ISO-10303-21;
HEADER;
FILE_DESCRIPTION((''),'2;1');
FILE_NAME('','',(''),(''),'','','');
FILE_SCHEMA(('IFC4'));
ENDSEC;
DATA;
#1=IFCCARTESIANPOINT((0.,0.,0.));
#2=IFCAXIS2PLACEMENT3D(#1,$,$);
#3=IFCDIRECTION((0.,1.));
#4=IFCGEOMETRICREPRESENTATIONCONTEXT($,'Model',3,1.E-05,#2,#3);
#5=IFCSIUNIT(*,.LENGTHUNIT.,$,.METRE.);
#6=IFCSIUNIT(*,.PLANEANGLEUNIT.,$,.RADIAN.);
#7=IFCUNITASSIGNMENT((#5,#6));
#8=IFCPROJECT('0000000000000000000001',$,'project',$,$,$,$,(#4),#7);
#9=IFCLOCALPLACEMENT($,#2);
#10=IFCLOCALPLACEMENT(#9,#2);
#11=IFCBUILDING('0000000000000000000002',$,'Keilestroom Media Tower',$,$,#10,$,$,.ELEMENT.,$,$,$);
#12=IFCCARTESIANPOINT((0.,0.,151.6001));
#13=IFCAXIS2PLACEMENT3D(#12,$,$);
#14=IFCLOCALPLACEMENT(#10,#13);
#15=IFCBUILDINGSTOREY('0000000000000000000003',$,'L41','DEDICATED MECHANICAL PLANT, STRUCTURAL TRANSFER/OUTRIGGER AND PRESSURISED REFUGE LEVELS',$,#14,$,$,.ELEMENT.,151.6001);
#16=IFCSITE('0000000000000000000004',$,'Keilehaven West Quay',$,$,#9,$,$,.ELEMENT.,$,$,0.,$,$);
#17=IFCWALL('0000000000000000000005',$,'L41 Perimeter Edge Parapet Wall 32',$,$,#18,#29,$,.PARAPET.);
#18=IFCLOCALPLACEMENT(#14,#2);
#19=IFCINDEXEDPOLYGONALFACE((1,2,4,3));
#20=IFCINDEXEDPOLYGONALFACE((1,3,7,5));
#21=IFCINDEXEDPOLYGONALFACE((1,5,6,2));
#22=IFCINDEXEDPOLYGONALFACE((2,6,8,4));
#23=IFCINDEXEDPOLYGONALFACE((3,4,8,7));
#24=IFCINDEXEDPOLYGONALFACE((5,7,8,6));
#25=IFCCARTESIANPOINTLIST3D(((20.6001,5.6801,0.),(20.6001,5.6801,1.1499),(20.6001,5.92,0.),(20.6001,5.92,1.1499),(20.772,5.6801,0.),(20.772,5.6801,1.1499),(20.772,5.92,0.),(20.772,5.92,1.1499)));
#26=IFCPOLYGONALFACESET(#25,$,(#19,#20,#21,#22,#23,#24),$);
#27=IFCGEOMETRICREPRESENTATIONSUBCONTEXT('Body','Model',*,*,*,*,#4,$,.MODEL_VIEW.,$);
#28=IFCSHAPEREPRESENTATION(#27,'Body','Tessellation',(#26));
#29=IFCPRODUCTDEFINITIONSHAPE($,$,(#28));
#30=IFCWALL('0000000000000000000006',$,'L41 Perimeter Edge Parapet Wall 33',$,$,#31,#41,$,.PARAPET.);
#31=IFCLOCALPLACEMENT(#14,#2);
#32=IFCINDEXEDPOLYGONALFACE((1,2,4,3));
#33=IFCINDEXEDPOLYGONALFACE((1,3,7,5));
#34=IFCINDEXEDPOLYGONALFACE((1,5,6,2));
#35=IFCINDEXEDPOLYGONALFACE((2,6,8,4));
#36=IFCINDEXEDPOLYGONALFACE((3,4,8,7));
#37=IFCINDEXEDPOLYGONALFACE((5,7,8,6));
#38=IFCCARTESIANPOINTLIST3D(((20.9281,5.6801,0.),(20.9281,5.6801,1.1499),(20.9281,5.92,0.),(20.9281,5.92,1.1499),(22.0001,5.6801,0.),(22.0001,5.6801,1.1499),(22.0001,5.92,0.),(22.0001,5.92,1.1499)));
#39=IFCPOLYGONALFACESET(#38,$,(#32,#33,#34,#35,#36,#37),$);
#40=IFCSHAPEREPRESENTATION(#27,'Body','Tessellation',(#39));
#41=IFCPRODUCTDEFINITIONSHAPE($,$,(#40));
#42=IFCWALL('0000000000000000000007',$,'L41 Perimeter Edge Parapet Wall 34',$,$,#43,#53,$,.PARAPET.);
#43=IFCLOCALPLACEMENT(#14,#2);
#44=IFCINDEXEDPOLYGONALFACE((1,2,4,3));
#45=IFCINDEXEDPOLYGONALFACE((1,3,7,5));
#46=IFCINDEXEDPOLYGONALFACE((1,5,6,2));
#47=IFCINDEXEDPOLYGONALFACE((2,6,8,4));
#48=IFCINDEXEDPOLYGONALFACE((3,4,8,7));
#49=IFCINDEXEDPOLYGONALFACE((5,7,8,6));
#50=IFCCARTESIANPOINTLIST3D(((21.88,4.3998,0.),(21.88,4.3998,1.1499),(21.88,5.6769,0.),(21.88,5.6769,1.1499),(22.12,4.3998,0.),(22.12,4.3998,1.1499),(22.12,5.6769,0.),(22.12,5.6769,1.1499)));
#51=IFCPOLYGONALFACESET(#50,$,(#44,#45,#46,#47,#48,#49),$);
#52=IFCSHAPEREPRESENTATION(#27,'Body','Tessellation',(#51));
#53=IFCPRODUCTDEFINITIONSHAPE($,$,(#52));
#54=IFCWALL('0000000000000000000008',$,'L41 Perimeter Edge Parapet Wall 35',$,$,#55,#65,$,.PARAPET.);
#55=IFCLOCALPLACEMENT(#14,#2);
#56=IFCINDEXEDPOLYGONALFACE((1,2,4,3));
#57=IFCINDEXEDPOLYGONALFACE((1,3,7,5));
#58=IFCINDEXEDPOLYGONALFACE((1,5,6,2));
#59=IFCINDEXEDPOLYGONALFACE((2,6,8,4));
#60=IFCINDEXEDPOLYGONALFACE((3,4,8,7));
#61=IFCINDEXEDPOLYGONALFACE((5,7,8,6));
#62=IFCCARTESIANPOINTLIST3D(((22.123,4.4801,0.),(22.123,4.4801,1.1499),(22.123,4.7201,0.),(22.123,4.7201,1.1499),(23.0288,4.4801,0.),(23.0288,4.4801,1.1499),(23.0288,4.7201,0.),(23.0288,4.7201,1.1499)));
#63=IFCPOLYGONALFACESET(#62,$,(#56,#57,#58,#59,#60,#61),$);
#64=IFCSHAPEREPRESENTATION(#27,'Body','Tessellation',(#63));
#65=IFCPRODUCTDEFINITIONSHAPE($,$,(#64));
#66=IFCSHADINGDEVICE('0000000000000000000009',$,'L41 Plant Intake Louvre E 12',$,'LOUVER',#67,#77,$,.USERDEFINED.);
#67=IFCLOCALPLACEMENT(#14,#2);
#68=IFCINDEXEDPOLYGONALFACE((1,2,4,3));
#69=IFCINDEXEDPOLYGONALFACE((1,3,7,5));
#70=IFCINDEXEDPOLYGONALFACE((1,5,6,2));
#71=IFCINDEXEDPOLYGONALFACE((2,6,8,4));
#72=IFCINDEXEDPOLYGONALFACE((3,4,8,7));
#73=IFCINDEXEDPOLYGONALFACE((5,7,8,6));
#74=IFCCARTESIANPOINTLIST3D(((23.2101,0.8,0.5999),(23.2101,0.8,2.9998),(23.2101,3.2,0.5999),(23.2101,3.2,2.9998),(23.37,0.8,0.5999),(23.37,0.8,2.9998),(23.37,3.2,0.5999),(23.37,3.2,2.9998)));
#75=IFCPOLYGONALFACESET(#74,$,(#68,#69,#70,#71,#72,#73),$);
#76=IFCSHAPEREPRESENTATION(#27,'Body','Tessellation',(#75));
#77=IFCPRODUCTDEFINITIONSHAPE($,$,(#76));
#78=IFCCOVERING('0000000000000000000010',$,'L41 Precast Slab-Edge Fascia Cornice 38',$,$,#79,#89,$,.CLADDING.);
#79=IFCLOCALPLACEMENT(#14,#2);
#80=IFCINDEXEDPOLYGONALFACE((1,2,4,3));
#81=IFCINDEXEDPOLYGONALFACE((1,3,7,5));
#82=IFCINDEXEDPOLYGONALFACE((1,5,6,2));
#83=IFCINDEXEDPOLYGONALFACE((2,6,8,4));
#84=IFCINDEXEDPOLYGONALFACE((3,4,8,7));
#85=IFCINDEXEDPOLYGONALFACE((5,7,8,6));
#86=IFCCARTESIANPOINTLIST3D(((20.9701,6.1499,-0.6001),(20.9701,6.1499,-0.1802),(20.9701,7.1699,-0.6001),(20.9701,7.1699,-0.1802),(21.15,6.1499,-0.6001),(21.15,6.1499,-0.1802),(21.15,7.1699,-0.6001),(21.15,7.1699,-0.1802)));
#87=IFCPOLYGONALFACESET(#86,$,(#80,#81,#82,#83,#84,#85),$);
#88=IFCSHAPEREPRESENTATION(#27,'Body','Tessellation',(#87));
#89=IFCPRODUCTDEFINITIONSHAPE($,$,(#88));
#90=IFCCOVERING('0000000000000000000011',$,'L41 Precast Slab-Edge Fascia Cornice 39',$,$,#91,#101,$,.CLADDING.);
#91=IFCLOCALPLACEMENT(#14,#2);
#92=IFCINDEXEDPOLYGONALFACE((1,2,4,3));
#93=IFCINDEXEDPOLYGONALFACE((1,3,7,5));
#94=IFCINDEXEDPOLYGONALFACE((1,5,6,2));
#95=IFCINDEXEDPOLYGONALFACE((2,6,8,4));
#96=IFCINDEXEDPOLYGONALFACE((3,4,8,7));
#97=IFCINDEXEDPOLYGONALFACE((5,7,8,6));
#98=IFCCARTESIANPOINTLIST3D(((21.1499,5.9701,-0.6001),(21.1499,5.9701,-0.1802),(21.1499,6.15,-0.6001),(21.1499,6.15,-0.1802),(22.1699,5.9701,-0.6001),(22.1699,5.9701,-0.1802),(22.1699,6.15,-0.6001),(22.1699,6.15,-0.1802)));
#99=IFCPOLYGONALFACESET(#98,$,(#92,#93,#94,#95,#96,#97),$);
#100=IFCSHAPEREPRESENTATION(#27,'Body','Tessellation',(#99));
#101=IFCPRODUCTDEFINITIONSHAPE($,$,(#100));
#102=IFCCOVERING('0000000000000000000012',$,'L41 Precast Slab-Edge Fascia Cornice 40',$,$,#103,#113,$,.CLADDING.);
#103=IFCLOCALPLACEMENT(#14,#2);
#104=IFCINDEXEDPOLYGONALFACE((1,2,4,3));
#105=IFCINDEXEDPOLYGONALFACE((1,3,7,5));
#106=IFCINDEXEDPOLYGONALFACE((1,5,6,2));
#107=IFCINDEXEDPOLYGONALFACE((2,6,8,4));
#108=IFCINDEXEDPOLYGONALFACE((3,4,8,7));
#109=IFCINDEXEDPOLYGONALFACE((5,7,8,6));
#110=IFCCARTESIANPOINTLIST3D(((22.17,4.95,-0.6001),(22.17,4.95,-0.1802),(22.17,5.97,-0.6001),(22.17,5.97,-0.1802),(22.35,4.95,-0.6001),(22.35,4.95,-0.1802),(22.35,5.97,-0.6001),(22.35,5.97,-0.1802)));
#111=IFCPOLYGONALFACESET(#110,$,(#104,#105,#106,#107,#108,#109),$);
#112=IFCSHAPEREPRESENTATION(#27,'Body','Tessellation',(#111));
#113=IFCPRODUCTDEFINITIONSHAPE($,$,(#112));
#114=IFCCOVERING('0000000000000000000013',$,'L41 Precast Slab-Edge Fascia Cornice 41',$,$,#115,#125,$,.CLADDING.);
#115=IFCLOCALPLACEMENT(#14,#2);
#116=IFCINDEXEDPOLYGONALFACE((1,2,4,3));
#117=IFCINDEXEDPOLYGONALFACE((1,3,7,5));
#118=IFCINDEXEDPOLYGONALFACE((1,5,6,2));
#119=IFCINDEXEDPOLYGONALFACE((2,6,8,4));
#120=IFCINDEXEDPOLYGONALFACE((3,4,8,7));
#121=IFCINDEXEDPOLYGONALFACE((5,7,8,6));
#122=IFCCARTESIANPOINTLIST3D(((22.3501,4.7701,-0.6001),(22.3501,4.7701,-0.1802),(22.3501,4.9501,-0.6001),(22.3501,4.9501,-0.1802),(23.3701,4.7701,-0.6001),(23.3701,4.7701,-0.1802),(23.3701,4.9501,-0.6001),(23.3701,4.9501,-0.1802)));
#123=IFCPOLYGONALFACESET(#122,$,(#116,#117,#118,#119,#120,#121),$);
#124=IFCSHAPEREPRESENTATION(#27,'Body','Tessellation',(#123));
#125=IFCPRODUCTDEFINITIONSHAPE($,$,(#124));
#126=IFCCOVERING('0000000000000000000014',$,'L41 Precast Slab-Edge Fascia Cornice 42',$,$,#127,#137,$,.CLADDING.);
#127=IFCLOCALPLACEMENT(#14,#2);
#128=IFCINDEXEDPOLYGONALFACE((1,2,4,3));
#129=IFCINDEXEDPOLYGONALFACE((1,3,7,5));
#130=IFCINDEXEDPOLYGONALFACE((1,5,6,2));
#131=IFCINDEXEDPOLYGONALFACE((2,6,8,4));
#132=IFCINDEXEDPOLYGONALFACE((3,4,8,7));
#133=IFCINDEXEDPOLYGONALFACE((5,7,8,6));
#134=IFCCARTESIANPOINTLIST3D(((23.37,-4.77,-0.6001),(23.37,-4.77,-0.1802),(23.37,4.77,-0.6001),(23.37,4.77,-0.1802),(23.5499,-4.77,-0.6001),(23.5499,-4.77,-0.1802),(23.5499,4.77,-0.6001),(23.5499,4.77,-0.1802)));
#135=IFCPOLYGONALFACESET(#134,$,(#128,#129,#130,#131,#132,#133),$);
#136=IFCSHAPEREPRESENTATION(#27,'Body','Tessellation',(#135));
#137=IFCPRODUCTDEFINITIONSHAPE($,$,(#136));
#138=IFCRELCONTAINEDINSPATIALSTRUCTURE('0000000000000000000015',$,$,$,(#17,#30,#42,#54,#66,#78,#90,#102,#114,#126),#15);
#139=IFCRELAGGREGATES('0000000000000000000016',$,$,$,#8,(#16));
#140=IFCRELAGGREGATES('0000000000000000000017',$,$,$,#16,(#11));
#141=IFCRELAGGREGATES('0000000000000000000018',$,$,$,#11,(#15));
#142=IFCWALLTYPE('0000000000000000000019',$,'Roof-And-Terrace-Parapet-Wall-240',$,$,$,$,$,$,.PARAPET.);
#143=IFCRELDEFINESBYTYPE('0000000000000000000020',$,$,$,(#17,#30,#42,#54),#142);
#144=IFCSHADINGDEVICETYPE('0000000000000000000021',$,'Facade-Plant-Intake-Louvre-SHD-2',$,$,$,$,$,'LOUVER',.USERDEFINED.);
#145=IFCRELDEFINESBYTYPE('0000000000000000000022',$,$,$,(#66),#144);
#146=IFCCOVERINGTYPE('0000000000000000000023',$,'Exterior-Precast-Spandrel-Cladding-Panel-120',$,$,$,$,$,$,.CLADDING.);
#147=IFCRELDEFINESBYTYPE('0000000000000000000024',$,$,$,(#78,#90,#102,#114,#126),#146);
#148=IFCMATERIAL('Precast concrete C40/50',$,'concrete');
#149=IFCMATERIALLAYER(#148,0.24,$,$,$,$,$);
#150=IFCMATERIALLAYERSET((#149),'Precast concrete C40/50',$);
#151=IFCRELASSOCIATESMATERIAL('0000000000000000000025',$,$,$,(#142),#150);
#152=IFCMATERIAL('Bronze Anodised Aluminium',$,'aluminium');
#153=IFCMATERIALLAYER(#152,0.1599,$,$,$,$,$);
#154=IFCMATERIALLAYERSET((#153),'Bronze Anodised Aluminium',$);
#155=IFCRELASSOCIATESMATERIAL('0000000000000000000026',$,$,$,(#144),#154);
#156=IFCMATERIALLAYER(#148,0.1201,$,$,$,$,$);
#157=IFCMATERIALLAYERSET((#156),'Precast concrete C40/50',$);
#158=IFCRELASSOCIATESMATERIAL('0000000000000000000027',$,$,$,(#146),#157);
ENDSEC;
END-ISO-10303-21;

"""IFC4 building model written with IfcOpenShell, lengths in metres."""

from ifc_helpers import new_model, si_unit, direction, frame, frame_2d, origin, origin_2d, place, context, subcontext, project, spatial, rectangle, extrude, source, transform, mapped, material, layer, layer_set, type_object, element, save


model = new_model("IFC4")

# Units and contexts
model_context = context("Model", 3, precision=1e-05, world=origin(), true_north=direction((0.0, 1.0)))
body_context = subcontext(model_context, "Body", "Model", "MODEL_VIEW")
ifc_project = project(units=[si_unit("LENGTHUNIT", "METRE"), si_unit("PLANEANGLEUNIT", "RADIAN")], contexts=[model_context])

# Site, building, storey
site_placement = place(None, origin())
site = spatial("IfcSite", under=ifc_project, at=site_placement, Name="Keilehaven West Quay", CompositionType="ELEMENT", RefElevation=0.0)
building_placement = place(site_placement, origin())
building = spatial("IfcBuilding", under=site, at=building_placement, Name="Keilestroom Media Tower", CompositionType="ELEMENT")
storey_placement = place(building_placement, frame((0.0, 0.0, 151.6001)))
storey = spatial("IfcBuildingStorey", under=building, at=storey_placement, Name="L41", Description="DEDICATED MECHANICAL PLANT, STRUCTURAL TRANSFER/OUTRIGGER AND PRESSURISED REFUGE LEVELS", CompositionType="ELEMENT", Elevation=151.6001)

# Shared definitions
ifc_material_1 = material(Name="Precast concrete C40/50", Category="concrete")

# Walls
ifc_layer_1 = layer(ifc_material_1, 0.24)
ifc_layer_set_1 = layer_set([ifc_layer_1], Name="Precast concrete C40/50")
wall_type = type_object("IfcWallType", Name="Roof-And-Terrace-Parapet-Wall-240", PredefinedType="PARAPET", material=ifc_layer_set_1)
wall_1_placement = place(storey_placement, frame((20.6001, 5.8, 0.0), z_axis=(0.0, 0.0, 1.0), x_axis=(1.0, 0.0, 0.0)))
element("IfcWall", 1, at=wall_1_placement, inside=storey, type_object=wall_type, Name="L41 Perimeter Edge Parapet Wall 32", PredefinedType="PARAPET", context=body_context, shape_type="SweptSolid", body=[
    extrude(rectangle(XDim=0.1719, YDim=0.24, at=frame_2d((0.0859, 0.0))), origin(), (0.0, 0.0, 1.0), 1.1499),
])
wall_2_placement = place(storey_placement, frame((20.928, 5.8, 0.0), z_axis=(0.0, 0.0, 1.0), x_axis=(1.0, 0.0, 0.0)))
element("IfcWall", 2, at=wall_2_placement, inside=storey, type_object=wall_type, Name="L41 Perimeter Edge Parapet Wall 33", PredefinedType="PARAPET", context=body_context, shape_type="SweptSolid", body=[
    extrude(rectangle(XDim=1.072, YDim=0.24, at=frame_2d((0.5361, 0.0))), origin(), (0.0, 0.0, 1.0), 1.1499),
])
wall_3_placement = place(storey_placement, frame((22.0, 5.677, 0.0), z_axis=(0.0, 0.0, 1.0), x_axis=(0.0, -1.0, 0.0)))
element("IfcWall", 3, at=wall_3_placement, inside=storey, type_object=wall_type, Name="L41 Perimeter Edge Parapet Wall 34", PredefinedType="PARAPET", context=body_context, shape_type="SweptSolid", body=[
    extrude(rectangle(XDim=1.2771, YDim=0.24, at=frame_2d((0.6387, 0.0))), origin(), (0.0, 0.0, 1.0), 1.1499),
])
wall_4_placement = place(storey_placement, frame((22.123, 4.6001, 0.0), z_axis=(0.0, 0.0, 1.0), x_axis=(1.0, 0.0, 0.0)))
element("IfcWall", 4, at=wall_4_placement, inside=storey, type_object=wall_type, Name="L41 Perimeter Edge Parapet Wall 35", PredefinedType="PARAPET", context=body_context, shape_type="SweptSolid", body=[
    extrude(rectangle(XDim=0.9058, YDim=0.24, at=frame_2d((0.4529, 0.0))), origin(), (0.0, 0.0, 1.0), 1.1499),
])

# Shading device
ifc_material_2 = material(Name="Bronze Anodised Aluminium", Category="aluminium")
ifc_layer_2 = layer(ifc_material_2, 0.1599)
ifc_layer_set_2 = layer_set([ifc_layer_2], Name="Bronze Anodised Aluminium")
shading_device_type = type_object("IfcShadingDeviceType", Name="Facade-Plant-Intake-Louvre-SHD-2", ElementType="LOUVER", PredefinedType="USERDEFINED", material=ifc_layer_set_2)
shared_shape_1 = source(origin(), body_context, "Body", "SweptSolid", [
    extrude(rectangle(XDim=0.1599, YDim=2.3999, at=origin_2d()), origin(), (0.0, 0.0, 1.0), 2.3999),
])
shading_device_placement = place(storey_placement, frame((23.29, 2.0, 0.5999), z_axis=(0.0, 0.0, 1.0), x_axis=(1.0, 0.0, 0.0)))
element("IfcShadingDevice", 5, at=shading_device_placement, inside=storey, type_object=shading_device_type, Name="L41 Plant Intake Louvre E 12", ObjectType="LOUVER", PredefinedType="USERDEFINED", context=body_context, shape_type="MappedRepresentation", body=[
    mapped(shared_shape_1, transform((0.0, 0.0, 0.0), x_axis=(1.0, 0.0, 0.0), y_axis=(0.0, 1.0, 0.0), z_axis=(0.0, 0.0, 1.0), scale=1.0)),
])

# Coverings
ifc_layer_3 = layer(ifc_material_1, 0.1201)
ifc_layer_set_3 = layer_set([ifc_layer_3], Name="Precast concrete C40/50")
covering_type = type_object("IfcCoveringType", Name="Exterior-Precast-Spandrel-Cladding-Panel-120", PredefinedType="CLADDING", material=ifc_layer_set_3)
shared_shape_2 = source(origin(), body_context, "Body", "SweptSolid", [
    extrude(rectangle(XDim=1.02, YDim=0.1799, at=origin_2d()), origin(), (0.0, 0.0, 1.0), 0.4199),
])
for number, where, z_axis, x_axis, name in (
    (6, (21.0601, 6.6599, -0.6001), (0.0, 0.0, 1.0), (0.0, -1.0, 0.0), "L41 Precast Slab-Edge Fascia Cornice 38"),
    (7, (21.6599, 6.0601, -0.6001), (0.0, 0.0, 1.0), (1.0, 0.0, 0.0), "L41 Precast Slab-Edge Fascia Cornice 39"),
    (8, (22.26, 5.46, -0.6001), (0.0, 0.0, 1.0), (0.0, -1.0, 0.0), "L41 Precast Slab-Edge Fascia Cornice 40"),
    (9, (22.8601, 4.8601, -0.6001), (0.0, 0.0, 1.0), (1.0, 0.0, 0.0), "L41 Precast Slab-Edge Fascia Cornice 41"),
):
    element("IfcCovering", number, at=place(storey_placement, frame(where, z_axis=z_axis, x_axis=x_axis)), inside=storey, type_object=covering_type, Name=name, PredefinedType="CLADDING", context=body_context, shape_type="MappedRepresentation", body=[
        mapped(shared_shape_2, transform((0.0, 0.0, 0.0), x_axis=(1.0, 0.0, 0.0), y_axis=(0.0, 1.0, 0.0), z_axis=(0.0, 0.0, 1.0), scale=1.0)),
    ])
shared_shape_3 = source(origin(), body_context, "Body", "SweptSolid", [
    extrude(rectangle(XDim=9.54, YDim=0.1799, at=origin_2d()), origin(), (0.0, 0.0, 1.0), 0.4199),
])
covering_placement = place(storey_placement, frame((23.46, 0.0, -0.6001), z_axis=(0.0, 0.0, 1.0), x_axis=(0.0, -1.0, 0.0)))
element("IfcCovering", 10, at=covering_placement, inside=storey, type_object=covering_type, Name="L41 Precast Slab-Edge Fascia Cornice 42", PredefinedType="CLADDING", context=body_context, shape_type="MappedRepresentation", body=[
    mapped(shared_shape_3, transform((0.0, 0.0, 0.0), x_axis=(1.0, 0.0, 0.0), y_axis=(0.0, 1.0, 0.0), z_axis=(0.0, 0.0, 1.0), scale=1.0)),
])

save(model, "model.ifc")
